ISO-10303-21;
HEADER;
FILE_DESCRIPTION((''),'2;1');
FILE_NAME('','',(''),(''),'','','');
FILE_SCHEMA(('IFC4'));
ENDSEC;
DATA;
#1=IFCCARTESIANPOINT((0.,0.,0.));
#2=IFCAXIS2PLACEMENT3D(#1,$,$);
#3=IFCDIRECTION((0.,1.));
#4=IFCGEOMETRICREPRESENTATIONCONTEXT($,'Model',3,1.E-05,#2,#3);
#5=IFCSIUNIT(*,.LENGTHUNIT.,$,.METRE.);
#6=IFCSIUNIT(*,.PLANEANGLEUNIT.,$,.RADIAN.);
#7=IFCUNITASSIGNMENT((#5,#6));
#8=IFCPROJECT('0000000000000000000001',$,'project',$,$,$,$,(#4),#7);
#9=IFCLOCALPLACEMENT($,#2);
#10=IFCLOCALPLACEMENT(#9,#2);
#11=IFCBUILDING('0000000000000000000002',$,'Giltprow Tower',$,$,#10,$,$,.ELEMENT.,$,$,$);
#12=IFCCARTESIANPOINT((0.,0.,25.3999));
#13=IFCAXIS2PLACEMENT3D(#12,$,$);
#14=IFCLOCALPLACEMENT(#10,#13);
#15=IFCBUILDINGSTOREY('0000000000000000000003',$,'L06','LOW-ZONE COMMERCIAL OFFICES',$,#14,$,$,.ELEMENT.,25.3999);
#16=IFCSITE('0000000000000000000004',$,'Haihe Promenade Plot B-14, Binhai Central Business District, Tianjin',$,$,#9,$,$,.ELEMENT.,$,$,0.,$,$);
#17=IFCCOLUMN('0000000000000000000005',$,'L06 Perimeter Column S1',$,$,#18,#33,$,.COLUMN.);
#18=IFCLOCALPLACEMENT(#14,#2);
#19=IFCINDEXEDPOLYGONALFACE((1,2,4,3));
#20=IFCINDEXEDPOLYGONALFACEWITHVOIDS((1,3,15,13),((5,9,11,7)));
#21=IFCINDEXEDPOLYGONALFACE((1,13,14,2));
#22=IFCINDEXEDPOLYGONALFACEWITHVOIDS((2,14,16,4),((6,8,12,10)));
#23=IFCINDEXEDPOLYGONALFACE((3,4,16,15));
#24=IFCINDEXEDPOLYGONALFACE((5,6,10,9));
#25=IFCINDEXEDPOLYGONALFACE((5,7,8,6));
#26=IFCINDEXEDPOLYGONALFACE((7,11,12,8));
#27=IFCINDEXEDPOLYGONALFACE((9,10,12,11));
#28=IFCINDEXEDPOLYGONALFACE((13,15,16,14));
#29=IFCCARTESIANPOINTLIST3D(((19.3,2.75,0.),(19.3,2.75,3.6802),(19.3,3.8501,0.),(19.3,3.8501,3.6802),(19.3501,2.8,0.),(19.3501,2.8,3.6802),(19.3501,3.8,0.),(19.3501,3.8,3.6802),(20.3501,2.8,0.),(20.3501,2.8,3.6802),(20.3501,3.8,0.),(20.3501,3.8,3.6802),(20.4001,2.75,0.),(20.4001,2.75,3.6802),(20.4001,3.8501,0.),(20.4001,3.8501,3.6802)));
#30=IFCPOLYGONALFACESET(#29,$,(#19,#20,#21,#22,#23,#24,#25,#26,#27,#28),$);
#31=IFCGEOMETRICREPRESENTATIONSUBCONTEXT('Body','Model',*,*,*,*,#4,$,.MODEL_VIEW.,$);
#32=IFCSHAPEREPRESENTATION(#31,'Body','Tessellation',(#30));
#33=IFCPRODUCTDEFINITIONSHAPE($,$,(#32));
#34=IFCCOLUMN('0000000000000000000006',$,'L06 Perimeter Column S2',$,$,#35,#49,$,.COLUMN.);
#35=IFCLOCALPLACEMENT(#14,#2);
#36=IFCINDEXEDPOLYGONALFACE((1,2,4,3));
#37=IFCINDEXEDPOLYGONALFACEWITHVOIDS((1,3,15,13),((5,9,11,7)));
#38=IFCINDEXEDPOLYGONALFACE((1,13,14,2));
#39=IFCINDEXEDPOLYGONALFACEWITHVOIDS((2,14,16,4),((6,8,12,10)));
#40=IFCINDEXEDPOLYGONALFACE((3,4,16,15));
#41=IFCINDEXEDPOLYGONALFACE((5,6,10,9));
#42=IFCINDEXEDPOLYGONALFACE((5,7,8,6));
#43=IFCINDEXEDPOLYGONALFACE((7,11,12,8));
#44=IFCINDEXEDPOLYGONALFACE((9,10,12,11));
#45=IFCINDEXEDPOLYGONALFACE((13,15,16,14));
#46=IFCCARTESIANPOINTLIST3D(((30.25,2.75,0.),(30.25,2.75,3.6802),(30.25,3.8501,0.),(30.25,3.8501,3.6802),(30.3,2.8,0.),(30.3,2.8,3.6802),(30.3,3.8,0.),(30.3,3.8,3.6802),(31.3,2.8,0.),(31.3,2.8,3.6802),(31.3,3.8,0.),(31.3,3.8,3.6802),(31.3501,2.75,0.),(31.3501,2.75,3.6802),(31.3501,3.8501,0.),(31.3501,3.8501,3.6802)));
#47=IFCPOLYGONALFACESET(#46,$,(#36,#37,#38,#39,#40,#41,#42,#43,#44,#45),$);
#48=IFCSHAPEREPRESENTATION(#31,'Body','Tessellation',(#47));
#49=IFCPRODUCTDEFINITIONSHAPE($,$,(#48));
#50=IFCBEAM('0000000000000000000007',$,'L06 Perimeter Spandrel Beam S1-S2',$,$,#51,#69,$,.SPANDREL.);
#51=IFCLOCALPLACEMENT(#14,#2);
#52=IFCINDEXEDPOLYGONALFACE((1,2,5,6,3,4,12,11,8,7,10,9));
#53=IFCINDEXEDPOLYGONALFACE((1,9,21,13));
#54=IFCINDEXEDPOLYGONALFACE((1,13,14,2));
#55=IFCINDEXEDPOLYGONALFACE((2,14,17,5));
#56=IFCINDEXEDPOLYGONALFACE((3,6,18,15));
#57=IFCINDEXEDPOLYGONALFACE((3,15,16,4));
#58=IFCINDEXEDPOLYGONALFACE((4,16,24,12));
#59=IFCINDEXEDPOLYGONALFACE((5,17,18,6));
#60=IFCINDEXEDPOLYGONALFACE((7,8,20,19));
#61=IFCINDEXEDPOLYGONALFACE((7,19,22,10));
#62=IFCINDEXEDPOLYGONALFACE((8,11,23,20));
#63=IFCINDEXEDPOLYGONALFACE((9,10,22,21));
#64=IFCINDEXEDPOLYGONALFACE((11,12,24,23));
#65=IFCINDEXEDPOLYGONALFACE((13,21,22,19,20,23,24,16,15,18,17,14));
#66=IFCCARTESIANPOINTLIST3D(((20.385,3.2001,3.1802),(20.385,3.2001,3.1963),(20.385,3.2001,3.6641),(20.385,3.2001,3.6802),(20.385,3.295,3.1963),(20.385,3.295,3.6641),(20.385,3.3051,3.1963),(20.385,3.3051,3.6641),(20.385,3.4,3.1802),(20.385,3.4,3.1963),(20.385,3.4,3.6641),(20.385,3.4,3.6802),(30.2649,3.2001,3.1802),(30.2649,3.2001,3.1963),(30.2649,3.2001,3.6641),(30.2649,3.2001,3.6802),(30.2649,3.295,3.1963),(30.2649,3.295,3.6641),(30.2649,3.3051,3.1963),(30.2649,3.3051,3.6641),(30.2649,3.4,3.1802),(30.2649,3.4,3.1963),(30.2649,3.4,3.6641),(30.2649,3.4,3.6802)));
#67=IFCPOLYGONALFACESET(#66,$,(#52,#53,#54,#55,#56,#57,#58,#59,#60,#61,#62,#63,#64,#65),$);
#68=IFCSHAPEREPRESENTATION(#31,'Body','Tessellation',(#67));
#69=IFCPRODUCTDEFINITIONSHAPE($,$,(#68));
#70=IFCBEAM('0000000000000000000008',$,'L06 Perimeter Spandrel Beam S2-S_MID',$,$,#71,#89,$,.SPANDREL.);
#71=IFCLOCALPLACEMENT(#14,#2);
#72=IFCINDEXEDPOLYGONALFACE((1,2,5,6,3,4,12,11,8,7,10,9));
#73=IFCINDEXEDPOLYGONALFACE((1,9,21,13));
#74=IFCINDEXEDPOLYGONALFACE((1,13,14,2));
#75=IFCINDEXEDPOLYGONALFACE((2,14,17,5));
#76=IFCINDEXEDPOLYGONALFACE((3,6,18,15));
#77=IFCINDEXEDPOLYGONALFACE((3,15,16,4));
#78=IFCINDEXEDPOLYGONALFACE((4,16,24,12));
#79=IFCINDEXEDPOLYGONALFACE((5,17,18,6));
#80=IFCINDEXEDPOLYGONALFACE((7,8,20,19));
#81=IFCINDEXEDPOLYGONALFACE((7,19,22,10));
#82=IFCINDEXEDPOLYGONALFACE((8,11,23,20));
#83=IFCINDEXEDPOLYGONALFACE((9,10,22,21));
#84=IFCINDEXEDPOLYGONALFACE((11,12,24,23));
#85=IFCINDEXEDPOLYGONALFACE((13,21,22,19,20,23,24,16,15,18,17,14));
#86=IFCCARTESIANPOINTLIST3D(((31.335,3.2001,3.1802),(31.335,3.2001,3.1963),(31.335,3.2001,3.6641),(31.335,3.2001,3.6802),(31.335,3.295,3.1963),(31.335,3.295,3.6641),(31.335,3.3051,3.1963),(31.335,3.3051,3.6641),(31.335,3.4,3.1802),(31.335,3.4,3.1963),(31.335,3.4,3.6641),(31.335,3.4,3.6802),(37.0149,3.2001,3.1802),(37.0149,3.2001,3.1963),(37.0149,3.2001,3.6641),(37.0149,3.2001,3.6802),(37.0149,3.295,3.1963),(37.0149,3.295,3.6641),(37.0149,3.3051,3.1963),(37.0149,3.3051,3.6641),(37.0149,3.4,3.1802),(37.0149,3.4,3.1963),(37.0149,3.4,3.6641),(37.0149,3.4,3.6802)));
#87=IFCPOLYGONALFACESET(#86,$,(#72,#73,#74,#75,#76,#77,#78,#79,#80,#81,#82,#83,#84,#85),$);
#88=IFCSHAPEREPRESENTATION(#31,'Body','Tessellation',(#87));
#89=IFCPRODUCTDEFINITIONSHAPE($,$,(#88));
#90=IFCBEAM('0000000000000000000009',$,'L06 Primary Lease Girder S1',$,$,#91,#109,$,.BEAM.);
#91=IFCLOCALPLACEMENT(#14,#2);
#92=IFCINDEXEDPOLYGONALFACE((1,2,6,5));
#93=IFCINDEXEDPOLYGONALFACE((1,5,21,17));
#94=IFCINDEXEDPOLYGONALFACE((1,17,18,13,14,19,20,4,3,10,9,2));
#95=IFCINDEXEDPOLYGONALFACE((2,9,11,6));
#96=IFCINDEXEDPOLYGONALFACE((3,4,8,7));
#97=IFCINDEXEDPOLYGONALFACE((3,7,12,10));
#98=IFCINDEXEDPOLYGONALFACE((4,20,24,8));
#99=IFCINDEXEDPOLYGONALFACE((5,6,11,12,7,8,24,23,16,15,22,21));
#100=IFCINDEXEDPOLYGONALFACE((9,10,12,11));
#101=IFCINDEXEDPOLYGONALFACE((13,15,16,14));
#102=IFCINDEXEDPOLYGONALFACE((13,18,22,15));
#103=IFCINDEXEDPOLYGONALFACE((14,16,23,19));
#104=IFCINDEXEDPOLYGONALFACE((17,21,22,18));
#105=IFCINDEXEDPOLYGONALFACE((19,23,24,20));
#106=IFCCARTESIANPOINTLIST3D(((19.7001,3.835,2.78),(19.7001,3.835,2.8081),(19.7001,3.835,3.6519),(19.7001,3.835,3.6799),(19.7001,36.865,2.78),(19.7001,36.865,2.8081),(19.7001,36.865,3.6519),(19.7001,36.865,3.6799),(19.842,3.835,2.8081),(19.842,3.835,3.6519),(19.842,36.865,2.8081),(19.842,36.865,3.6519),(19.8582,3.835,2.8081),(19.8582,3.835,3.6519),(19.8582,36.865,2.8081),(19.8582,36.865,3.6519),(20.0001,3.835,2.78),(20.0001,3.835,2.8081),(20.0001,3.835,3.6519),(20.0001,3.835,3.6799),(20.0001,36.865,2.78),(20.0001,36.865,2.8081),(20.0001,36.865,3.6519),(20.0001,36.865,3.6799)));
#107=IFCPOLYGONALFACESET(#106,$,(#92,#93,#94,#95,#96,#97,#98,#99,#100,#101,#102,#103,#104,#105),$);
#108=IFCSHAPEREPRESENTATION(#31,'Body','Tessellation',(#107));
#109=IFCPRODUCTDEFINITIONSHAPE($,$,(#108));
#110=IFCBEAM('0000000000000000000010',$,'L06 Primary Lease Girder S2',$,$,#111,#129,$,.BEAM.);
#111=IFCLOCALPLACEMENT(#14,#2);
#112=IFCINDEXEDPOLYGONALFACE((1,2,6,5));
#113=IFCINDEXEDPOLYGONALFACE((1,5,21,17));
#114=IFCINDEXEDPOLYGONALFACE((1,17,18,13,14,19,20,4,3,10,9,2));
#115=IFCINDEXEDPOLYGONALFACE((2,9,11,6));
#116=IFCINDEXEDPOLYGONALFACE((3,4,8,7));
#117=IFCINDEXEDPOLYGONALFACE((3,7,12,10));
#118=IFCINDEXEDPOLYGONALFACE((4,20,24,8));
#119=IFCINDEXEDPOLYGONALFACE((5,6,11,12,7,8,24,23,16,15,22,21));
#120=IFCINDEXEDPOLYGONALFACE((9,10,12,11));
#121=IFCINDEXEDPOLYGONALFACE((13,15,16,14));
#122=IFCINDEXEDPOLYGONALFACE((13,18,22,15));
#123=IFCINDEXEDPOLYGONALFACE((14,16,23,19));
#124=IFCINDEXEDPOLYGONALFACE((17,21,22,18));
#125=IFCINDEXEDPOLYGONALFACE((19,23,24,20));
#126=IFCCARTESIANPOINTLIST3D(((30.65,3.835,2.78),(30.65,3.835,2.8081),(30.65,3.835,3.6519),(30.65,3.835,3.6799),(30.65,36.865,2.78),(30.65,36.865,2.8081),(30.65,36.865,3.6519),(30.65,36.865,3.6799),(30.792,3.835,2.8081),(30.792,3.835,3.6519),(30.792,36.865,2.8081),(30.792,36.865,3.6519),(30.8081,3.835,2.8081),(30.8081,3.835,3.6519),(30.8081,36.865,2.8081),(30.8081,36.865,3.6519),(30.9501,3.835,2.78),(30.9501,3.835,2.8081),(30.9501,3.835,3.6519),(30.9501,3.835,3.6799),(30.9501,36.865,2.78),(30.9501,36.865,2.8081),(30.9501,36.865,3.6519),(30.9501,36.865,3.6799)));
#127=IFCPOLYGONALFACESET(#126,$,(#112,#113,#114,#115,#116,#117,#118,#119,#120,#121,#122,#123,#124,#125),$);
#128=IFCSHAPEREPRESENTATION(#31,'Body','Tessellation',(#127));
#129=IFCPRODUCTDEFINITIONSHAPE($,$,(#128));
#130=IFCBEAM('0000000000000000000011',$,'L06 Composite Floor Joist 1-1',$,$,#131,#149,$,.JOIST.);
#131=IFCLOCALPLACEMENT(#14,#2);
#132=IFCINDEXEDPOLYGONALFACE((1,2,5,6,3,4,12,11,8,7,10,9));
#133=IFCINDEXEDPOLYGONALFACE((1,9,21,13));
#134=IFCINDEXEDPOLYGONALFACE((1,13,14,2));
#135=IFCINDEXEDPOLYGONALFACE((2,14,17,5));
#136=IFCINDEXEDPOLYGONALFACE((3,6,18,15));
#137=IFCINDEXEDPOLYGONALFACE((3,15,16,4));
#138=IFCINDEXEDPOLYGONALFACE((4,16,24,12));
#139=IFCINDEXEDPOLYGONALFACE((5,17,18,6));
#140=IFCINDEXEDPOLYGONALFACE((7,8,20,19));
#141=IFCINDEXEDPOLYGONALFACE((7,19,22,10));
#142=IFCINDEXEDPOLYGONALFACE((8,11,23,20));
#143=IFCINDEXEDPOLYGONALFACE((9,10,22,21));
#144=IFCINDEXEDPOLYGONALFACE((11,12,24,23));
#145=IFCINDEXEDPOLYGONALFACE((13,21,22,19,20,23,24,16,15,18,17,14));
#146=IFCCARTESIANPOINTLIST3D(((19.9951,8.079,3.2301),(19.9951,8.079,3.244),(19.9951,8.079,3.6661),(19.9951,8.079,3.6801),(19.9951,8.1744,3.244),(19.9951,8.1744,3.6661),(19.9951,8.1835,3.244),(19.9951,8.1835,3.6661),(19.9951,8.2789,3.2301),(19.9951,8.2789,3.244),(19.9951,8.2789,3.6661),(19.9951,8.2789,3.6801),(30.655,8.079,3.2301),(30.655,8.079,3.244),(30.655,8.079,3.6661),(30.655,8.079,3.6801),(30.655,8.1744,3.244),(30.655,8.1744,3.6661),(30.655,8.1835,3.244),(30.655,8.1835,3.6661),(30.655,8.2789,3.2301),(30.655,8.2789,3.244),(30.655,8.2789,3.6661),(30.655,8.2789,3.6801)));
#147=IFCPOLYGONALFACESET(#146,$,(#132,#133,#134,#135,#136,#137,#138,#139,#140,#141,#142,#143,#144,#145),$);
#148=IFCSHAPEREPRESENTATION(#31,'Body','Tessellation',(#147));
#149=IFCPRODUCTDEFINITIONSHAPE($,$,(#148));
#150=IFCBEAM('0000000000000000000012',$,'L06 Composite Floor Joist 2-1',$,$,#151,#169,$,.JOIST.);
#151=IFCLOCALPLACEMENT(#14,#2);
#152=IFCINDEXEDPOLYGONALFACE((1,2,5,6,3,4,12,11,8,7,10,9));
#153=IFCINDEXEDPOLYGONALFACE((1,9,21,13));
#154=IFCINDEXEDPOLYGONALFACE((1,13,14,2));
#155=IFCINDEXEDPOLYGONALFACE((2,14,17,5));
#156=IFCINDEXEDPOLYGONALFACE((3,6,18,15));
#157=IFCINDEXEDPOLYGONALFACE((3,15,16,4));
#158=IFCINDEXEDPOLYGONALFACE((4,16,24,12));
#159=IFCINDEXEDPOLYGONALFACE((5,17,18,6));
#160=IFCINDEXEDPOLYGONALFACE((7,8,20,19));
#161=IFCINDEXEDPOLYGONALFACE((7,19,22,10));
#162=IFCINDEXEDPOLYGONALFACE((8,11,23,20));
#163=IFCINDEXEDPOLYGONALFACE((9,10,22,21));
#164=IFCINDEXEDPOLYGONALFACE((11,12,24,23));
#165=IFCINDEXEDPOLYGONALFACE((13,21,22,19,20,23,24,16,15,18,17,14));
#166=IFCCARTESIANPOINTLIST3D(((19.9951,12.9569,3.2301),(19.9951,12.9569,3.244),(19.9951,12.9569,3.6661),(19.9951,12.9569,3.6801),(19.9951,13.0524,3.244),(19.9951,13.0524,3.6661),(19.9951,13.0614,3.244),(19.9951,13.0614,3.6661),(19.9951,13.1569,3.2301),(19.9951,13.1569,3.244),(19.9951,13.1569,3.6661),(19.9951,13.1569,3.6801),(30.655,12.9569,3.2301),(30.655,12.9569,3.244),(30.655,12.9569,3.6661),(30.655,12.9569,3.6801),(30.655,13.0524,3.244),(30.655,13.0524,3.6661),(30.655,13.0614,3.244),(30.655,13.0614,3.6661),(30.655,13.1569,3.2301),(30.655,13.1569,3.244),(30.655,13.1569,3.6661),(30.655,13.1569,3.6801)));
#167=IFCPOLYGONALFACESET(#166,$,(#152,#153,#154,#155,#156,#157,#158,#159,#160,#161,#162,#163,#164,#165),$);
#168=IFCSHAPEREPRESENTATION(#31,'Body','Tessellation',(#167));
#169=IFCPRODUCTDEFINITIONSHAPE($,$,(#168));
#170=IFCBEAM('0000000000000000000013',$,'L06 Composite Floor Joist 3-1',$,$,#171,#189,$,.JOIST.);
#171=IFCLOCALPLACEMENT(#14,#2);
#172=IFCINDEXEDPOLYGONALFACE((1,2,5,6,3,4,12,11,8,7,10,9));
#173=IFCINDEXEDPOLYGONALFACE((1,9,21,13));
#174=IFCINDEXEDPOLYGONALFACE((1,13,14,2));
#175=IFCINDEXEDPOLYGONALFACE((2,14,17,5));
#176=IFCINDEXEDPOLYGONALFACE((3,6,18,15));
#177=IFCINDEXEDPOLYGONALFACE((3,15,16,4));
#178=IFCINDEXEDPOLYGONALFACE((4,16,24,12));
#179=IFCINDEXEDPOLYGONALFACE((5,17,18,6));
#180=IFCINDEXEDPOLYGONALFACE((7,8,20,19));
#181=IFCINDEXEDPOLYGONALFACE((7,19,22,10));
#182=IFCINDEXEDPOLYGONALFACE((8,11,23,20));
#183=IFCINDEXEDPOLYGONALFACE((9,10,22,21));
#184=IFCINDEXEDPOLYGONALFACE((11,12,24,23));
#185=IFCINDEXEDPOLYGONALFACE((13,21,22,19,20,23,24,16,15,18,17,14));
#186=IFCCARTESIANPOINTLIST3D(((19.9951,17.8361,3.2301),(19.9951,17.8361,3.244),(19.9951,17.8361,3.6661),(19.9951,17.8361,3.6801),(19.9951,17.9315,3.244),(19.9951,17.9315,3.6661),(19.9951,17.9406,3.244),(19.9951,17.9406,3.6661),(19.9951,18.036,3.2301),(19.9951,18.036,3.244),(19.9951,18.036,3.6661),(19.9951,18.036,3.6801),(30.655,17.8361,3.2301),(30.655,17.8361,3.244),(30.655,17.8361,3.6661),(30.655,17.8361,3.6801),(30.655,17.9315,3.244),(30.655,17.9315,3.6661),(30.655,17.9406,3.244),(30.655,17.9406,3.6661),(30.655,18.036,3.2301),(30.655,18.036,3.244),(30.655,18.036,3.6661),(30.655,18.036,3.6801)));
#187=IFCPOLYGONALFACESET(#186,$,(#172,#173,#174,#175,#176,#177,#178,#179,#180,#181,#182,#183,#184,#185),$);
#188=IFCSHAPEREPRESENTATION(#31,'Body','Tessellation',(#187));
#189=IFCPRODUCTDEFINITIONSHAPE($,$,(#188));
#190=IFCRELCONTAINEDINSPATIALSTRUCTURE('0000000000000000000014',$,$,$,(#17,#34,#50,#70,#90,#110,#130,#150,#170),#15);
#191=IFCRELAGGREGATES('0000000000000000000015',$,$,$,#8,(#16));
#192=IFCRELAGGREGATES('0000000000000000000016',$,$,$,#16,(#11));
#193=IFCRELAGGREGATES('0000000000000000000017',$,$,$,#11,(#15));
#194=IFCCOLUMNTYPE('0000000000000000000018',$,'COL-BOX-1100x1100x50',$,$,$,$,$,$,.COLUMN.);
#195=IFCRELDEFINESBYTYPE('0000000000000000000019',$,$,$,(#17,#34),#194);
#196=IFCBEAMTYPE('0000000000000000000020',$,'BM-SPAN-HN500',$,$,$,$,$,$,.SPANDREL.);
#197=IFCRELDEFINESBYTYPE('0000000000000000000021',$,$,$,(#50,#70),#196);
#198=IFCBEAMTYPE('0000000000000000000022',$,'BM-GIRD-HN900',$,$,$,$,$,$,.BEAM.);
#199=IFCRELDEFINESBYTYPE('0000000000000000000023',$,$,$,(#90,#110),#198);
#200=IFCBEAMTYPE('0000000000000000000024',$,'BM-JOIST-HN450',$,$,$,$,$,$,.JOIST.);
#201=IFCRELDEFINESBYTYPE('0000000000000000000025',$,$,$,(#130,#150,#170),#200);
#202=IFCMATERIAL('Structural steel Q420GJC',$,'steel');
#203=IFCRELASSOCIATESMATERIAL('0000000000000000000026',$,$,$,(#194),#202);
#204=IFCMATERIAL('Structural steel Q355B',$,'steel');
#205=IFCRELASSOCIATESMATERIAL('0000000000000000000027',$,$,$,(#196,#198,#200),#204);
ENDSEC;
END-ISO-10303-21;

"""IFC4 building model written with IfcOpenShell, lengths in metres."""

from ifc_helpers import new_model, si_unit, direction, frame, origin, origin_2d, place, context, subcontext, project, spatial, hollow_rectangle, i_section, extrude, source, transform, mapped, material, material_profile, profile_set, type_object, element, save


model = new_model("IFC4")

# Units and contexts
model_context = context("Model", 3, precision=1e-05, world=origin(), true_north=direction((0.0, 1.0)))
body_context = subcontext(model_context, "Body", "Model", "MODEL_VIEW")
ifc_project = project(units=[si_unit("LENGTHUNIT", "METRE"), si_unit("PLANEANGLEUNIT", "RADIAN")], contexts=[model_context])

# Site, building, storey
site_placement = place(None, origin())
site = spatial("IfcSite", under=ifc_project, at=site_placement, Name="Haihe Promenade Plot B-14, Binhai Central Business District, Tianjin", CompositionType="ELEMENT", RefElevation=0.0)
building_placement = place(site_placement, origin())
building = spatial("IfcBuilding", under=site, at=building_placement, Name="Giltprow Tower", CompositionType="ELEMENT")
storey_placement = place(building_placement, frame((0.0, 0.0, 25.3999)))
storey = spatial("IfcBuildingStorey", under=building, at=storey_placement, Name="L06", Description="LOW-ZONE COMMERCIAL OFFICES", CompositionType="ELEMENT", Elevation=25.3999)

# Columns
ifc_material_1 = material(Name="Structural steel Q420GJC", Category="steel")
ifc_material_profile_1 = material_profile(ifc_material_1, hollow_rectangle(XDim=1.1001, YDim=1.1001, WallThickness=0.05, at=origin_2d()), Name="BOX 1100x1100x50")
ifc_profile_set_1 = profile_set([ifc_material_profile_1], Name="Structural steel Q420GJC")
column_type = type_object("IfcColumnType", Name="COL-BOX-1100x1100x50", PredefinedType="COLUMN", material=ifc_profile_set_1)
shared_shape_1 = source(origin(), body_context, "Body", "SweptSolid", [
    extrude(hollow_rectangle(XDim=1.1001, YDim=1.1001, WallThickness=0.05, at=origin_2d()), origin(), (0.0, 0.0, 1.0), 3.6802),
])
for number, where, z_axis, x_axis, name in (
    (1, (19.8501, 3.3, 0.0), (0.0, 0.0, 1.0), (1.0, 0.0, 0.0), "L06 Perimeter Column S1"),
    (2, (30.8, 3.3, 0.0), (0.0, 0.0, 1.0), (1.0, 0.0, 0.0), "L06 Perimeter Column S2"),
):
    element("IfcColumn", number, at=place(storey_placement, frame(where, z_axis=z_axis, x_axis=x_axis)), inside=storey, type_object=column_type, Name=name, PredefinedType="COLUMN", context=body_context, shape_type="MappedRepresentation", body=[
        mapped(shared_shape_1, transform((0.0, 0.0, 0.0), x_axis=(1.0, 0.0, 0.0), y_axis=(0.0, 1.0, 0.0), z_axis=(0.0, 0.0, 1.0), scale=1.0)),
    ])

# Beams
ifc_material_2 = material(Name="Structural steel Q355B", Category="steel")
ifc_material_profile_2 = material_profile(ifc_material_2, i_section(OverallWidth=0.2, OverallDepth=0.5, WebThickness=0.01, FlangeThickness=0.0161, at=origin_2d()), Name="HN 500x200x10x16")
ifc_profile_set_2 = profile_set([ifc_material_profile_2], Name="Structural steel Q355B")
beam_type_1 = type_object("IfcBeamType", Name="BM-SPAN-HN500", PredefinedType="SPANDREL", material=ifc_profile_set_2)
shared_shape_2 = source(origin(), body_context, "Body", "SweptSolid", [
    extrude(i_section(OverallWidth=0.2, OverallDepth=0.5, WebThickness=0.01, FlangeThickness=0.0161, at=origin_2d()), origin(), (0.0, 0.0, 1.0), 9.8799),
])
beam_1_placement = place(storey_placement, frame((20.385, 3.3, 3.4302), z_axis=(1.0, 0.0, 0.0), x_axis=(0.0, 1.0, 0.0)))
element("IfcBeam", 3, at=beam_1_placement, inside=storey, type_object=beam_type_1, Name="L06 Perimeter Spandrel Beam S1-S2", PredefinedType="SPANDREL", context=body_context, shape_type="MappedRepresentation", body=[
    mapped(shared_shape_2, transform((0.0, 0.0, 0.0), x_axis=(1.0, 0.0, 0.0), y_axis=(0.0, 1.0, 0.0), z_axis=(0.0, 0.0, 1.0), scale=1.0)),
])
shared_shape_3 = source(origin(), body_context, "Body", "SweptSolid", [
    extrude(i_section(OverallWidth=0.2, OverallDepth=0.5, WebThickness=0.01, FlangeThickness=0.0161, at=origin_2d()), origin(), (0.0, 0.0, 1.0), 5.6799),
])
beam_2_placement = place(storey_placement, frame((31.335, 3.3, 3.4302), z_axis=(1.0, 0.0, 0.0), x_axis=(0.0, 1.0, 0.0)))
element("IfcBeam", 4, at=beam_2_placement, inside=storey, type_object=beam_type_1, Name="L06 Perimeter Spandrel Beam S2-S_MID", PredefinedType="SPANDREL", context=body_context, shape_type="MappedRepresentation", body=[
    mapped(shared_shape_3, transform((0.0, 0.0, 0.0), x_axis=(1.0, 0.0, 0.0), y_axis=(0.0, 1.0, 0.0), z_axis=(0.0, 0.0, 1.0), scale=1.0)),
])
ifc_material_profile_3 = material_profile(ifc_material_2, i_section(OverallWidth=0.3, OverallDepth=0.8999, WebThickness=0.0161, FlangeThickness=0.0281, at=origin_2d()), Name="HN 900x300x16x28")
ifc_profile_set_3 = profile_set([ifc_material_profile_3], Name="Structural steel Q355B")
beam_type_2 = type_object("IfcBeamType", Name="BM-GIRD-HN900", PredefinedType="BEAM", material=ifc_profile_set_3)
shared_shape_4 = source(origin(), body_context, "Body", "SweptSolid", [
    extrude(i_section(OverallWidth=0.3, OverallDepth=0.8999, WebThickness=0.0161, FlangeThickness=0.0281, at=origin_2d()), origin(), (0.0, 0.0, 1.0), 33.03),
])
for number, where, z_axis, x_axis, name in (
    (5, (19.8501, 3.835, 3.23), (0.0, 1.0, 0.0), (-1.0, 0.0, 0.0), "L06 Primary Lease Girder S1"),
    (6, (30.8, 3.835, 3.23), (0.0, 1.0, 0.0), (-1.0, 0.0, 0.0), "L06 Primary Lease Girder S2"),
):
    element("IfcBeam", number, at=place(storey_placement, frame(where, z_axis=z_axis, x_axis=x_axis)), inside=storey, type_object=beam_type_2, Name=name, PredefinedType="BEAM", context=body_context, shape_type="MappedRepresentation", body=[
        mapped(shared_shape_4, transform((0.0, 0.0, 0.0), x_axis=(1.0, 0.0, 0.0), y_axis=(0.0, 1.0, 0.0), z_axis=(0.0, 0.0, 1.0), scale=1.0)),
    ])
ifc_material_profile_4 = material_profile(ifc_material_2, i_section(OverallWidth=0.2, OverallDepth=0.45, WebThickness=0.009, FlangeThickness=0.0139, at=origin_2d()), Name="HN 450x200x9x14")
ifc_profile_set_4 = profile_set([ifc_material_profile_4], Name="Structural steel Q355B")
beam_type_3 = type_object("IfcBeamType", Name="BM-JOIST-HN450", PredefinedType="JOIST", material=ifc_profile_set_4)
shared_shape_5 = source(origin(), body_context, "Body", "SweptSolid", [
    extrude(i_section(OverallWidth=0.2, OverallDepth=0.45, WebThickness=0.009, FlangeThickness=0.0139, at=origin_2d()), origin(), (0.0, 0.0, 1.0), 10.6599),
])
for number, where, z_axis, x_axis, name in (
    (7, (19.9951, 8.179, 3.4551), (1.0, 0.0, 0.0), (0.0, 1.0, 0.0), "L06 Composite Floor Joist 1-1"),
    (8, (19.9951, 13.0569, 3.4551), (1.0, 0.0, 0.0), (0.0, 1.0, 0.0), "L06 Composite Floor Joist 2-1"),
    (9, (19.9951, 17.936, 3.4551), (1.0, 0.0, 0.0), (0.0, 1.0, 0.0), "L06 Composite Floor Joist 3-1"),
):
    element("IfcBeam", number, at=place(storey_placement, frame(where, z_axis=z_axis, x_axis=x_axis)), inside=storey, type_object=beam_type_3, Name=name, PredefinedType="JOIST", context=body_context, shape_type="MappedRepresentation", body=[
        mapped(shared_shape_5, transform((0.0, 0.0, 0.0), x_axis=(1.0, 0.0, 0.0), y_axis=(0.0, 1.0, 0.0), z_axis=(0.0, 0.0, 1.0), scale=1.0)),
    ])

save(model, "model.ifc")
